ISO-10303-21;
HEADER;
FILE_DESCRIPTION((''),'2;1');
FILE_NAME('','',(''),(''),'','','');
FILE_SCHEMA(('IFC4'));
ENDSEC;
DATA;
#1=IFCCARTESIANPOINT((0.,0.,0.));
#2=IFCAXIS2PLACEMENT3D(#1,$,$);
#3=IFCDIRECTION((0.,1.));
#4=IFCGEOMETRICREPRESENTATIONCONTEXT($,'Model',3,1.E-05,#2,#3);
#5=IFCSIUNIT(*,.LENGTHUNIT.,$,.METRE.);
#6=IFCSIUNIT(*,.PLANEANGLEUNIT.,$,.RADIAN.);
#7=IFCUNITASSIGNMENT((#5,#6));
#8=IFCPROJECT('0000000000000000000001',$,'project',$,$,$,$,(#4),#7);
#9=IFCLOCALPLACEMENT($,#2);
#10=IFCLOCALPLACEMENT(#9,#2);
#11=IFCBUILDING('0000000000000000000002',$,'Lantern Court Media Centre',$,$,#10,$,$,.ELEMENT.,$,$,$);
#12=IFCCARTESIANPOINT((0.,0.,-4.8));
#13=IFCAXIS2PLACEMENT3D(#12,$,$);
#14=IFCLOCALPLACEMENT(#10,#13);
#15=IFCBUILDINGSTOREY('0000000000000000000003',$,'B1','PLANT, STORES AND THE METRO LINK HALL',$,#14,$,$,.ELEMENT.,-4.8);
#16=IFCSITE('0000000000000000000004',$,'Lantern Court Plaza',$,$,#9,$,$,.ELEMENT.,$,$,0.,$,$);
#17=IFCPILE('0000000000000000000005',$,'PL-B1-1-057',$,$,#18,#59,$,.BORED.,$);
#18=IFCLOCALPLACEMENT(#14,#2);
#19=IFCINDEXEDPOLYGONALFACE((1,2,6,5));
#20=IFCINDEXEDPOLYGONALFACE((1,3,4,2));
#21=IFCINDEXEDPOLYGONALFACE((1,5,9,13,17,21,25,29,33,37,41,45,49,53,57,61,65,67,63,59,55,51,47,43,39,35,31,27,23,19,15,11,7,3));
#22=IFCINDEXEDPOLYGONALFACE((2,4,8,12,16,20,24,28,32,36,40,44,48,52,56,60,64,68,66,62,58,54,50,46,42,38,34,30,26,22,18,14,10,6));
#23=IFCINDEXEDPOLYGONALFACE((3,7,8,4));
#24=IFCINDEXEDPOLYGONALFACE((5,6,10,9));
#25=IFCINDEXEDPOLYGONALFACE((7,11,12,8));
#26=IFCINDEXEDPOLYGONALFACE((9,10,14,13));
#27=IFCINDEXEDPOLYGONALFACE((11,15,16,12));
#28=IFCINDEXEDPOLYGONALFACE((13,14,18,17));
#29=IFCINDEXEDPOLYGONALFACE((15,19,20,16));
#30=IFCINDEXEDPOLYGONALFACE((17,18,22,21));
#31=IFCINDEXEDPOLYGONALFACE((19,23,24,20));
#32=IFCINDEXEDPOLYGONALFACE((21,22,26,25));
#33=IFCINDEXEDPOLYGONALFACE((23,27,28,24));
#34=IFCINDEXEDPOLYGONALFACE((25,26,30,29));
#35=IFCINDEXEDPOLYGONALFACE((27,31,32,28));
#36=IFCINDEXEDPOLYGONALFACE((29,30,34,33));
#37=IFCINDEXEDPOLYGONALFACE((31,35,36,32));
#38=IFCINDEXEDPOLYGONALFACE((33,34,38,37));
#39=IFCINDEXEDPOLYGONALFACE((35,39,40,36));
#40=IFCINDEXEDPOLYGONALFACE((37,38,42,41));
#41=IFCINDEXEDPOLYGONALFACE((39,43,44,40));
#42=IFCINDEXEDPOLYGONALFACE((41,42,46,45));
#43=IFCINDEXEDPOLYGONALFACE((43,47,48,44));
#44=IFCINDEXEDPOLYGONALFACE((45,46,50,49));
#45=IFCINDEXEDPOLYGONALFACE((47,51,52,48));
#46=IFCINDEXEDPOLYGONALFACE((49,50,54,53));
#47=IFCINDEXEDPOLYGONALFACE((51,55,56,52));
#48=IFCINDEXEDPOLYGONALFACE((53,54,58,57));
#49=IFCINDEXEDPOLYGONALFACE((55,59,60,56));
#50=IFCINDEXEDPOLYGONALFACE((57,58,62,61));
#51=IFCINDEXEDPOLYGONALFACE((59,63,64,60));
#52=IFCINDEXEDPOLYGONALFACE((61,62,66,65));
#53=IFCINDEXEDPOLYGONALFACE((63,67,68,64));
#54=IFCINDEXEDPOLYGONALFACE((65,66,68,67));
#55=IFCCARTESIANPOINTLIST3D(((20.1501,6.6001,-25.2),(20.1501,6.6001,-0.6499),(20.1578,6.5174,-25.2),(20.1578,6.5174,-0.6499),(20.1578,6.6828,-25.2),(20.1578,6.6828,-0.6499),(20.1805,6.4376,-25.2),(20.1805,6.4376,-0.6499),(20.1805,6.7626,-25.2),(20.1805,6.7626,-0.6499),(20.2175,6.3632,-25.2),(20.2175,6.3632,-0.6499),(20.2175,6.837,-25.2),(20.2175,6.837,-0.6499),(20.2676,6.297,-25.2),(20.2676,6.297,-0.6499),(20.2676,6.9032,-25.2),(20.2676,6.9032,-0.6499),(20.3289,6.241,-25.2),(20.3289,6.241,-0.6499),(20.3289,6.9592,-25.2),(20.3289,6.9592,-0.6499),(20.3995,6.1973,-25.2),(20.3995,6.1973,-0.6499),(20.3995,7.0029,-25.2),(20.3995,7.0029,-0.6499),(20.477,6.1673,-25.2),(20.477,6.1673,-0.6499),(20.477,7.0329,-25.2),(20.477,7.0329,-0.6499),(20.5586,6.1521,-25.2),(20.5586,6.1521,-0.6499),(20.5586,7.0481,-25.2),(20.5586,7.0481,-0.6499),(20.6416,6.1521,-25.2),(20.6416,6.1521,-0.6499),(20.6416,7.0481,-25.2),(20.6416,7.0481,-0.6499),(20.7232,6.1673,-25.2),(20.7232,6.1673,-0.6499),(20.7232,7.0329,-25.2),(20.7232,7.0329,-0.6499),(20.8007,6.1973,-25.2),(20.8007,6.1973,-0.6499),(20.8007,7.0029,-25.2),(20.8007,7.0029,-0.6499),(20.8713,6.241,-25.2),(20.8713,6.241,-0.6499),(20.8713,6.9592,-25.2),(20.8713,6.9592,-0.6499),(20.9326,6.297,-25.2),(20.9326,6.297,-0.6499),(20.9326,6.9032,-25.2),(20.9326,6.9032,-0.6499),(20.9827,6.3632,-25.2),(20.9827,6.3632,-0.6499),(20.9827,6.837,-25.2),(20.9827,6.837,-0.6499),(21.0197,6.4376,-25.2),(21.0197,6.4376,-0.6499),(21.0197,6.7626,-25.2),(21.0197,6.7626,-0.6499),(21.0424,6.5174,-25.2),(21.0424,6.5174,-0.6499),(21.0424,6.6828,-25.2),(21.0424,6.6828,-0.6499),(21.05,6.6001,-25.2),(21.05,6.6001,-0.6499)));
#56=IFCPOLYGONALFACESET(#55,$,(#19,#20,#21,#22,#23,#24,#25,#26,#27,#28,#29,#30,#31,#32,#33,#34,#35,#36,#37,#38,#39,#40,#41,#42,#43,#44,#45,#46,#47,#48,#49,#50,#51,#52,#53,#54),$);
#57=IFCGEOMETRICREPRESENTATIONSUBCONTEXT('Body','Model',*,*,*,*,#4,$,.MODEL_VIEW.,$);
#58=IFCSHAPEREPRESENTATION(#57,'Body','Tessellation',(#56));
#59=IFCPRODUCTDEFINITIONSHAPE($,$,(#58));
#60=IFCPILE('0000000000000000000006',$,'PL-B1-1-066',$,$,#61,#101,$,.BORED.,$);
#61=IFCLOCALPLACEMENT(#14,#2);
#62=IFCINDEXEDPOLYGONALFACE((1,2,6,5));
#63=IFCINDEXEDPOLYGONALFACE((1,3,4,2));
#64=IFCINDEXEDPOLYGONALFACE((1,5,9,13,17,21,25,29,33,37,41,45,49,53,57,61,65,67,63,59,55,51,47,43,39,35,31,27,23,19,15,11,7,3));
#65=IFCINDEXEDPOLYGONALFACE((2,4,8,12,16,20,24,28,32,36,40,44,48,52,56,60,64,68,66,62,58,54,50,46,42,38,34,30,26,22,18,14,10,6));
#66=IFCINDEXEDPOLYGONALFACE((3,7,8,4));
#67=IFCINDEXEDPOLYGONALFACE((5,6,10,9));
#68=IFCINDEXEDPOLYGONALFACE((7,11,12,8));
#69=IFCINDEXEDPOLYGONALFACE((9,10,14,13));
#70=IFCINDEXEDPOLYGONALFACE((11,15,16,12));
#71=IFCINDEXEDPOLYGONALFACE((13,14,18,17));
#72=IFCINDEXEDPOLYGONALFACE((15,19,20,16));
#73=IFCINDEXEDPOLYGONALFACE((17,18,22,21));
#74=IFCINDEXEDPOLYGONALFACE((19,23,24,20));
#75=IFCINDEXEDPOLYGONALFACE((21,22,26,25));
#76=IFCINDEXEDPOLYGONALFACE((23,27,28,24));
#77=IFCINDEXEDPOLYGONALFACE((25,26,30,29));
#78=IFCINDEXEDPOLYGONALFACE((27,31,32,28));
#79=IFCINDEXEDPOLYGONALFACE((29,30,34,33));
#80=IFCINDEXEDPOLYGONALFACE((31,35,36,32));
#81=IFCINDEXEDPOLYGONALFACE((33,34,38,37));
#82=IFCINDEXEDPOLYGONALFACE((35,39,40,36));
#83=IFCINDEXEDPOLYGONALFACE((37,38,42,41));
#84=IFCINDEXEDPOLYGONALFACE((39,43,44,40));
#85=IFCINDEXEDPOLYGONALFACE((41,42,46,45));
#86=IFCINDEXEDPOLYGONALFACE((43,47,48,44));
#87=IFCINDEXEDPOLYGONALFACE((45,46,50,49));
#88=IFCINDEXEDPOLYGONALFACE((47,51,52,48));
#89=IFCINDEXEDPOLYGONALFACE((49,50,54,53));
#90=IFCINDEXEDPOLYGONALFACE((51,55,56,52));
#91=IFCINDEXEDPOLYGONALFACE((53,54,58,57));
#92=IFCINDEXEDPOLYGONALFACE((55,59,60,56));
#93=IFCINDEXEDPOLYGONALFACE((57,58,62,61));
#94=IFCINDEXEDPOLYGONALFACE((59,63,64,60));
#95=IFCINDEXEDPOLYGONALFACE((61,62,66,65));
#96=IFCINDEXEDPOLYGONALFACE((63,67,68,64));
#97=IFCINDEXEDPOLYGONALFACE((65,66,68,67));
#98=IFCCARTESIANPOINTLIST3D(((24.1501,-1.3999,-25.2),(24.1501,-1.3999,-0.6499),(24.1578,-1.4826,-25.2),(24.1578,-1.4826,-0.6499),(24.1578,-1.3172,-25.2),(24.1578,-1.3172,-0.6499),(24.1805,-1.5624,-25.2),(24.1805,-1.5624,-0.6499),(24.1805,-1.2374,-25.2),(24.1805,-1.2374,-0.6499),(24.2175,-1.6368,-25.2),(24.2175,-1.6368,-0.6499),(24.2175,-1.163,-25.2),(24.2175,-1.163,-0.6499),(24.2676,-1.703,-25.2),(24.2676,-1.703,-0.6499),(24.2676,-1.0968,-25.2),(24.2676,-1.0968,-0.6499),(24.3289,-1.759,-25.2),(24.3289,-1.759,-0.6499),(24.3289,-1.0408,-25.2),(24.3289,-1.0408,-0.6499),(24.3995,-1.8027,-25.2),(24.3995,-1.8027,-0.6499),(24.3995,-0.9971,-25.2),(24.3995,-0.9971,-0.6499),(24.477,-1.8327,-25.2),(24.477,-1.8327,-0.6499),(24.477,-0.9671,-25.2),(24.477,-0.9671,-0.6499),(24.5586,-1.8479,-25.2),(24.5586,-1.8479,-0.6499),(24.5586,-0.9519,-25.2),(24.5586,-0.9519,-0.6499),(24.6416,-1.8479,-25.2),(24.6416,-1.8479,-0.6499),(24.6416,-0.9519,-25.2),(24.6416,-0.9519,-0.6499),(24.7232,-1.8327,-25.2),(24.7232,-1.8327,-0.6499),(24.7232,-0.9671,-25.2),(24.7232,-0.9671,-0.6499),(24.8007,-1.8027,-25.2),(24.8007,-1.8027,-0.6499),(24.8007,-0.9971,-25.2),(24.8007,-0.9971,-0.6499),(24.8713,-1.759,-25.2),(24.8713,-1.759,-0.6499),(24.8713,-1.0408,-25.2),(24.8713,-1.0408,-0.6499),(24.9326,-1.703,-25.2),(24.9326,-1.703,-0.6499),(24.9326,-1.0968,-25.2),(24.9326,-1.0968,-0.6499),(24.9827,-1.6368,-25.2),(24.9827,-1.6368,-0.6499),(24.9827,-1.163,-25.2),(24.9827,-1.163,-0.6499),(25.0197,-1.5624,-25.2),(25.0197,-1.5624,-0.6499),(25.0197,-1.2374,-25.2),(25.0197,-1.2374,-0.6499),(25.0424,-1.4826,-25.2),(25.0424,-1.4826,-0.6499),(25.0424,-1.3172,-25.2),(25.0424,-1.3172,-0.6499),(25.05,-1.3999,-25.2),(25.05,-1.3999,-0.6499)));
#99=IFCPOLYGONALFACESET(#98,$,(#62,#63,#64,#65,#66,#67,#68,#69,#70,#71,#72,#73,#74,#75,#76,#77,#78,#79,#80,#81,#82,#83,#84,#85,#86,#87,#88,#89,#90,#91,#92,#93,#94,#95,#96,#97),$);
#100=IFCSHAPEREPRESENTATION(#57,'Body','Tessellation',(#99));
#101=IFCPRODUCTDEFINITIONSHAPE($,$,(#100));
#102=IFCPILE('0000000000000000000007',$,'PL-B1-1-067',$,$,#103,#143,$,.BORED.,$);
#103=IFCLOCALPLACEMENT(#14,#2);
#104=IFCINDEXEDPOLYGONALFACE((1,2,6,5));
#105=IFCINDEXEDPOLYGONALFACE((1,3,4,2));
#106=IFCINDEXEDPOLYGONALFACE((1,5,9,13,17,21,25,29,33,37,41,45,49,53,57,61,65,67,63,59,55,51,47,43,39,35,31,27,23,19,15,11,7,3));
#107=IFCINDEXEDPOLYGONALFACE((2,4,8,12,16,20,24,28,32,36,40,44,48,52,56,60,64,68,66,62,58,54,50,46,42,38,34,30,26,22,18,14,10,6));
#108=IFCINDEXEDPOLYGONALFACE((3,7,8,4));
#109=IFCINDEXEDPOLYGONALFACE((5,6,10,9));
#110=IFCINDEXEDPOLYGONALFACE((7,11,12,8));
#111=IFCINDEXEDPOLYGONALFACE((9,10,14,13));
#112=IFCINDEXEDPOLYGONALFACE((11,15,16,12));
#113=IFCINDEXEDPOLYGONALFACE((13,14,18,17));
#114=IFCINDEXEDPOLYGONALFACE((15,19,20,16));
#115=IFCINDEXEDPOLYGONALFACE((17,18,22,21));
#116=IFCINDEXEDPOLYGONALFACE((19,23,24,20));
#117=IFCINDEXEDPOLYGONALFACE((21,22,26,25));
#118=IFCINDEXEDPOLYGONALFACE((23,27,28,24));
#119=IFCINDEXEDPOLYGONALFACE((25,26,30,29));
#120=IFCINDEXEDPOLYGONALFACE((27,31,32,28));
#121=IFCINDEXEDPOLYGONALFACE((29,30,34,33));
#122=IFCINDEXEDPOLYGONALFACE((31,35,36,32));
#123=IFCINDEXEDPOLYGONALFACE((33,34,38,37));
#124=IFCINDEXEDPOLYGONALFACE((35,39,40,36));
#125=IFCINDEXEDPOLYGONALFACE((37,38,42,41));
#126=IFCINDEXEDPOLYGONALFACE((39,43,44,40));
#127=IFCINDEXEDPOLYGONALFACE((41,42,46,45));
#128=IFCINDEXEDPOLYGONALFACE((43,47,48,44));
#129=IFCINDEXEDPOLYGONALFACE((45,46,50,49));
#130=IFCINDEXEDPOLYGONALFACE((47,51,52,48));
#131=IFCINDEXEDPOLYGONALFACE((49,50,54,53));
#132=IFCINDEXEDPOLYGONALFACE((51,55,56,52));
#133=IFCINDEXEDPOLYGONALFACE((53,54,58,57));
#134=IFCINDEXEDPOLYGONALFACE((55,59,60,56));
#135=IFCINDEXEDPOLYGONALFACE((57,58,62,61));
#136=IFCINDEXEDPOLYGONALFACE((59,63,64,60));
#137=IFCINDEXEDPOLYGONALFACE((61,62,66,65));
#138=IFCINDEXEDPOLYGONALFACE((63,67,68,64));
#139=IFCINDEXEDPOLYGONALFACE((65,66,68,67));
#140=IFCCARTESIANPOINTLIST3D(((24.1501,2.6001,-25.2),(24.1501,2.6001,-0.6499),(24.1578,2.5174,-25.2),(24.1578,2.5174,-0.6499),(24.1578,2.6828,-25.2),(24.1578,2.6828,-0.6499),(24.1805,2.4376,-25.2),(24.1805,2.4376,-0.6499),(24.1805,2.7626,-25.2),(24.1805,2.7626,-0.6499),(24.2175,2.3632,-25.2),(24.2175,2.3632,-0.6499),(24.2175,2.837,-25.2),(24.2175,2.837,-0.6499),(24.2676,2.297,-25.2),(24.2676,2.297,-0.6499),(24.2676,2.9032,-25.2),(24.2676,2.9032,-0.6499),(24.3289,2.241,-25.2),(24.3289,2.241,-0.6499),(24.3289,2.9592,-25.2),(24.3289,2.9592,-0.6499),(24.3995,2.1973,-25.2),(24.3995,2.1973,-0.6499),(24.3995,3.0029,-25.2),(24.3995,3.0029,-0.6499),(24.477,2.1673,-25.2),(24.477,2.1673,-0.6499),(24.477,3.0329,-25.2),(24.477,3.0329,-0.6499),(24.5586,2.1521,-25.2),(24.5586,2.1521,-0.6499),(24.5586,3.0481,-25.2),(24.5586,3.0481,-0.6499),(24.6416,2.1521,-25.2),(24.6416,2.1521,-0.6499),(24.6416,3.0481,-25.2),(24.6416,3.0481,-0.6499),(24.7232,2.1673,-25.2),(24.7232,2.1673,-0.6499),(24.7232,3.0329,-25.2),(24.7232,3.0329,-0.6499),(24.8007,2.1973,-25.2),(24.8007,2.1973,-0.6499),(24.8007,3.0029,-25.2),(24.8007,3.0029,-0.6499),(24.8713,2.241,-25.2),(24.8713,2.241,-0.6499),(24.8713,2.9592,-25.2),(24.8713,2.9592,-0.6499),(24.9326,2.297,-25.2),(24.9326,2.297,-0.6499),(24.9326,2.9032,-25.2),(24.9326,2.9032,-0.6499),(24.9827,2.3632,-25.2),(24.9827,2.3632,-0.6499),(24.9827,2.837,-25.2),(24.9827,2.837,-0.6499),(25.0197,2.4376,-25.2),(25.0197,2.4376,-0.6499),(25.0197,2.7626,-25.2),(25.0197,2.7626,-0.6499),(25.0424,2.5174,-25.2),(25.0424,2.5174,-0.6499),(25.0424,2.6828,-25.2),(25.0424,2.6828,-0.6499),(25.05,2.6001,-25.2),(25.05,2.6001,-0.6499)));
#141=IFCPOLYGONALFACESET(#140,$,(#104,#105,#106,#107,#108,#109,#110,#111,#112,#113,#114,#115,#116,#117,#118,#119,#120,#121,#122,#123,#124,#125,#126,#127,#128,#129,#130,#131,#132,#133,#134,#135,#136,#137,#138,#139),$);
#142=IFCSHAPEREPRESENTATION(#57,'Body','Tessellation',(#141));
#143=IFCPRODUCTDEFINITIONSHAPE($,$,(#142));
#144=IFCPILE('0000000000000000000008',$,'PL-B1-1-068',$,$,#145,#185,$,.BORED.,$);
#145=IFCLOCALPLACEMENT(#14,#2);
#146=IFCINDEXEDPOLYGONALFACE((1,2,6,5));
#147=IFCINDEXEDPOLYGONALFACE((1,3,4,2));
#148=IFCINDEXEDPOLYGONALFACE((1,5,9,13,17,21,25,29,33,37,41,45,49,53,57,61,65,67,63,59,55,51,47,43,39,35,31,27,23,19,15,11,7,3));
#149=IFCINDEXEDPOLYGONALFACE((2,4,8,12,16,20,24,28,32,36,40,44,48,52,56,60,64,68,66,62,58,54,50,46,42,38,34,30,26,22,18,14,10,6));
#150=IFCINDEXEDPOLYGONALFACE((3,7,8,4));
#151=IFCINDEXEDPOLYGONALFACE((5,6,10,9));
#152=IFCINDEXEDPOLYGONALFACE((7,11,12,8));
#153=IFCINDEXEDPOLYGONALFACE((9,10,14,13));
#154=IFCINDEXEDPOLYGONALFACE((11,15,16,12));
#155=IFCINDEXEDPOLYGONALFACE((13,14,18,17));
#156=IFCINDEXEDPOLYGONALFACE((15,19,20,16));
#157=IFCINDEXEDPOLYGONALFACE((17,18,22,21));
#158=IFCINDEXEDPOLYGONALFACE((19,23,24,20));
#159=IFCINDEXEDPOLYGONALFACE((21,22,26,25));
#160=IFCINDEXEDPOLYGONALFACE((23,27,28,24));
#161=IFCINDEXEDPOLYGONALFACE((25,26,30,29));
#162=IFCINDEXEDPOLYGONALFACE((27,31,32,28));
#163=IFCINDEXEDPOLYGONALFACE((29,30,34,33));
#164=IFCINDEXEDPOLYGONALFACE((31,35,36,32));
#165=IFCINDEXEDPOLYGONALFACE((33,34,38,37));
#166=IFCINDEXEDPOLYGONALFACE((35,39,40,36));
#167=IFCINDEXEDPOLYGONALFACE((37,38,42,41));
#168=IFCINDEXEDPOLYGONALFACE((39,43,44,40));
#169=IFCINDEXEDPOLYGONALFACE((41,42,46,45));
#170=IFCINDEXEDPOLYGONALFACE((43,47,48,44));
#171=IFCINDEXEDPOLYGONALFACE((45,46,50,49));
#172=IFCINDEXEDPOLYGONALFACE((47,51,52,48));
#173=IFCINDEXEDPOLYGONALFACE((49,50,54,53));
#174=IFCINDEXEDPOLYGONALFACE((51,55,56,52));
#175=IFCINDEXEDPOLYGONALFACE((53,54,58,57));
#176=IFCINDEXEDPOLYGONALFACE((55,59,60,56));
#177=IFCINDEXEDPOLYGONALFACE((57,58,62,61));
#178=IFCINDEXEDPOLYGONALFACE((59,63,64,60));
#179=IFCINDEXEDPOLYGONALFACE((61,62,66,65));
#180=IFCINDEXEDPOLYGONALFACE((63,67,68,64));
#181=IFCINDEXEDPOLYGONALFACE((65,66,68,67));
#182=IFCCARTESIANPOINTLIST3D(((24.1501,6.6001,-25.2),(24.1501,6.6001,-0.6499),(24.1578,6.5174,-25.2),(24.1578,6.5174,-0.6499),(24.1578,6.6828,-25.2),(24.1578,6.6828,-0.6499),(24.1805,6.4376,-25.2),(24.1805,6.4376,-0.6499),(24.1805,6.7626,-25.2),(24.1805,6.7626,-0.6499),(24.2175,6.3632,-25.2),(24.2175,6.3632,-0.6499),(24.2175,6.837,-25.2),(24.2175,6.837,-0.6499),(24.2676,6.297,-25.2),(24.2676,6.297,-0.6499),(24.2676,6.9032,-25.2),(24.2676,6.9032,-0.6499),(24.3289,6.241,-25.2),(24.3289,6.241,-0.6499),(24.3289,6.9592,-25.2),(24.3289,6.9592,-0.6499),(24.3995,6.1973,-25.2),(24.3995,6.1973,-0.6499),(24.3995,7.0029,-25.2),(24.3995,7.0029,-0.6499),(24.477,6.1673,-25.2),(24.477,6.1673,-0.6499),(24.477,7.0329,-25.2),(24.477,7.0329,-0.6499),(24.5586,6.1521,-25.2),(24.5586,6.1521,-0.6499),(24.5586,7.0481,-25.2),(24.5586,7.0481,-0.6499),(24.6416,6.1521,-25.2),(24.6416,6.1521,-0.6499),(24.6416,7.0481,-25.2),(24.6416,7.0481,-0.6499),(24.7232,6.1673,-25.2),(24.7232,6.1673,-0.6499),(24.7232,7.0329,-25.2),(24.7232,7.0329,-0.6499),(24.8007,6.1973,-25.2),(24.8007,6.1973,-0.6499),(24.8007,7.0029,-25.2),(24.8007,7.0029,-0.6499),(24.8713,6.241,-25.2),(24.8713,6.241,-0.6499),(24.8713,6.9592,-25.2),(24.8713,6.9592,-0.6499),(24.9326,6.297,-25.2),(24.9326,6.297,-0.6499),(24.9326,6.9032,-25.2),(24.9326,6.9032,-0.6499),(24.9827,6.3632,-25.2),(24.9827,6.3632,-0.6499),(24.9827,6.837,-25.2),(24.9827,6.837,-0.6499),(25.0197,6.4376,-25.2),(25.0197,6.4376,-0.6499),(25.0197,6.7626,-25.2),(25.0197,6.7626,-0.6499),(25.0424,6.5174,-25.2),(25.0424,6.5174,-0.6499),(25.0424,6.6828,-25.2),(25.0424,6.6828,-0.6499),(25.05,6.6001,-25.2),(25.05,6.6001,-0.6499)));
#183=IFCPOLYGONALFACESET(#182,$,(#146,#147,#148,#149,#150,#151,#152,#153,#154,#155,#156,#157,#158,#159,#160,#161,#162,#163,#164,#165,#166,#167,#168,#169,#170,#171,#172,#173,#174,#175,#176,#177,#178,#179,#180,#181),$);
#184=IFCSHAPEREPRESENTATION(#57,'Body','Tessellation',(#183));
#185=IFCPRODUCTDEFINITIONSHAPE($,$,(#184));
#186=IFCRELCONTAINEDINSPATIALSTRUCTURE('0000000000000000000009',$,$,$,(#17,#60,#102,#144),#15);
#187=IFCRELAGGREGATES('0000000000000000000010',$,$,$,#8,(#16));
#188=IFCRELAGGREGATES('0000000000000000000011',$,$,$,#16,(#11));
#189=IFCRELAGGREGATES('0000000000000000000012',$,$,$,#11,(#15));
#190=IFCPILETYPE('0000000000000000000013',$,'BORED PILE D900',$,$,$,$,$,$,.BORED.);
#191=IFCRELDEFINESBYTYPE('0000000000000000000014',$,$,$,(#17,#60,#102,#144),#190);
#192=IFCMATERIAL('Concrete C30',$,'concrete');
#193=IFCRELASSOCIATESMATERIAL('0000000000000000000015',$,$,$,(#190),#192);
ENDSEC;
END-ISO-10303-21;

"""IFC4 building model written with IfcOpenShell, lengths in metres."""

from ifc_helpers import new_model, si_unit, direction, frame, origin, origin_2d, place, context, subcontext, project, spatial, circle, extrude, material, material_profile, profile_set, type_object, element, save


model = new_model("IFC4")

# Units and contexts
model_context = context("Model", 3, precision=1e-05, world=origin(), true_north=direction((0.0, 1.0)))
body_context = subcontext(model_context, "Body", "Model", "MODEL_VIEW")
ifc_project = project(units=[si_unit("LENGTHUNIT", "METRE"), si_unit("PLANEANGLEUNIT", "RADIAN")], contexts=[model_context])

# Site, building, storey
site_placement = place(None, origin())
site = spatial("IfcSite", under=ifc_project, at=site_placement, Name="Lantern Court Plaza", CompositionType="ELEMENT", RefElevation=0.0)
building_placement = place(site_placement, origin())
building = spatial("IfcBuilding", under=site, at=building_placement, Name="Lantern Court Media Centre", CompositionType="ELEMENT")
storey_placement = place(building_placement, frame((0.0, 0.0, -4.8)))
storey = spatial("IfcBuildingStorey", under=building, at=storey_placement, Name="B1", Description="PLANT, STORES AND THE METRO LINK HALL", CompositionType="ELEMENT", Elevation=-4.8)

# Piles
ifc_material_1 = material(Name="Concrete C30", Category="concrete")
ifc_material_profile_1 = material_profile(ifc_material_1, circle(Radius=0.45, at=origin_2d()), Name="D900")
ifc_profile_set_1 = profile_set([ifc_material_profile_1], Name="Concrete C30")
pile_type = type_object("IfcPileType", Name="BORED PILE D900", PredefinedType="BORED", material=ifc_profile_set_1)
for number, where, z_axis, x_axis, name in (
    (1, (20.6001, 6.6001, -0.6499), (0.0, 0.0, -1.0), (1.0, 0.0, 0.0), "PL-B1-1-057"),
    (2, (24.6001, -1.3999, -0.6499), (0.0, 0.0, -1.0), (1.0, 0.0, 0.0), "PL-B1-1-066"),
    (3, (24.6001, 2.6001, -0.6499), (0.0, 0.0, -1.0), (1.0, 0.0, 0.0), "PL-B1-1-067"),
    (4, (24.6001, 6.6001, -0.6499), (0.0, 0.0, -1.0), (1.0, 0.0, 0.0), "PL-B1-1-068"),
):
    element("IfcPile", number, at=place(storey_placement, frame(where, z_axis=z_axis, x_axis=x_axis)), inside=storey, type_object=pile_type, Name=name, PredefinedType="BORED", context=body_context, shape_type="SweptSolid", body=[
        extrude(circle(Radius=0.45, at=origin_2d()), origin(), (0.0, 0.0, 1.0), 24.55),
    ])

save(model, "model.ifc")
